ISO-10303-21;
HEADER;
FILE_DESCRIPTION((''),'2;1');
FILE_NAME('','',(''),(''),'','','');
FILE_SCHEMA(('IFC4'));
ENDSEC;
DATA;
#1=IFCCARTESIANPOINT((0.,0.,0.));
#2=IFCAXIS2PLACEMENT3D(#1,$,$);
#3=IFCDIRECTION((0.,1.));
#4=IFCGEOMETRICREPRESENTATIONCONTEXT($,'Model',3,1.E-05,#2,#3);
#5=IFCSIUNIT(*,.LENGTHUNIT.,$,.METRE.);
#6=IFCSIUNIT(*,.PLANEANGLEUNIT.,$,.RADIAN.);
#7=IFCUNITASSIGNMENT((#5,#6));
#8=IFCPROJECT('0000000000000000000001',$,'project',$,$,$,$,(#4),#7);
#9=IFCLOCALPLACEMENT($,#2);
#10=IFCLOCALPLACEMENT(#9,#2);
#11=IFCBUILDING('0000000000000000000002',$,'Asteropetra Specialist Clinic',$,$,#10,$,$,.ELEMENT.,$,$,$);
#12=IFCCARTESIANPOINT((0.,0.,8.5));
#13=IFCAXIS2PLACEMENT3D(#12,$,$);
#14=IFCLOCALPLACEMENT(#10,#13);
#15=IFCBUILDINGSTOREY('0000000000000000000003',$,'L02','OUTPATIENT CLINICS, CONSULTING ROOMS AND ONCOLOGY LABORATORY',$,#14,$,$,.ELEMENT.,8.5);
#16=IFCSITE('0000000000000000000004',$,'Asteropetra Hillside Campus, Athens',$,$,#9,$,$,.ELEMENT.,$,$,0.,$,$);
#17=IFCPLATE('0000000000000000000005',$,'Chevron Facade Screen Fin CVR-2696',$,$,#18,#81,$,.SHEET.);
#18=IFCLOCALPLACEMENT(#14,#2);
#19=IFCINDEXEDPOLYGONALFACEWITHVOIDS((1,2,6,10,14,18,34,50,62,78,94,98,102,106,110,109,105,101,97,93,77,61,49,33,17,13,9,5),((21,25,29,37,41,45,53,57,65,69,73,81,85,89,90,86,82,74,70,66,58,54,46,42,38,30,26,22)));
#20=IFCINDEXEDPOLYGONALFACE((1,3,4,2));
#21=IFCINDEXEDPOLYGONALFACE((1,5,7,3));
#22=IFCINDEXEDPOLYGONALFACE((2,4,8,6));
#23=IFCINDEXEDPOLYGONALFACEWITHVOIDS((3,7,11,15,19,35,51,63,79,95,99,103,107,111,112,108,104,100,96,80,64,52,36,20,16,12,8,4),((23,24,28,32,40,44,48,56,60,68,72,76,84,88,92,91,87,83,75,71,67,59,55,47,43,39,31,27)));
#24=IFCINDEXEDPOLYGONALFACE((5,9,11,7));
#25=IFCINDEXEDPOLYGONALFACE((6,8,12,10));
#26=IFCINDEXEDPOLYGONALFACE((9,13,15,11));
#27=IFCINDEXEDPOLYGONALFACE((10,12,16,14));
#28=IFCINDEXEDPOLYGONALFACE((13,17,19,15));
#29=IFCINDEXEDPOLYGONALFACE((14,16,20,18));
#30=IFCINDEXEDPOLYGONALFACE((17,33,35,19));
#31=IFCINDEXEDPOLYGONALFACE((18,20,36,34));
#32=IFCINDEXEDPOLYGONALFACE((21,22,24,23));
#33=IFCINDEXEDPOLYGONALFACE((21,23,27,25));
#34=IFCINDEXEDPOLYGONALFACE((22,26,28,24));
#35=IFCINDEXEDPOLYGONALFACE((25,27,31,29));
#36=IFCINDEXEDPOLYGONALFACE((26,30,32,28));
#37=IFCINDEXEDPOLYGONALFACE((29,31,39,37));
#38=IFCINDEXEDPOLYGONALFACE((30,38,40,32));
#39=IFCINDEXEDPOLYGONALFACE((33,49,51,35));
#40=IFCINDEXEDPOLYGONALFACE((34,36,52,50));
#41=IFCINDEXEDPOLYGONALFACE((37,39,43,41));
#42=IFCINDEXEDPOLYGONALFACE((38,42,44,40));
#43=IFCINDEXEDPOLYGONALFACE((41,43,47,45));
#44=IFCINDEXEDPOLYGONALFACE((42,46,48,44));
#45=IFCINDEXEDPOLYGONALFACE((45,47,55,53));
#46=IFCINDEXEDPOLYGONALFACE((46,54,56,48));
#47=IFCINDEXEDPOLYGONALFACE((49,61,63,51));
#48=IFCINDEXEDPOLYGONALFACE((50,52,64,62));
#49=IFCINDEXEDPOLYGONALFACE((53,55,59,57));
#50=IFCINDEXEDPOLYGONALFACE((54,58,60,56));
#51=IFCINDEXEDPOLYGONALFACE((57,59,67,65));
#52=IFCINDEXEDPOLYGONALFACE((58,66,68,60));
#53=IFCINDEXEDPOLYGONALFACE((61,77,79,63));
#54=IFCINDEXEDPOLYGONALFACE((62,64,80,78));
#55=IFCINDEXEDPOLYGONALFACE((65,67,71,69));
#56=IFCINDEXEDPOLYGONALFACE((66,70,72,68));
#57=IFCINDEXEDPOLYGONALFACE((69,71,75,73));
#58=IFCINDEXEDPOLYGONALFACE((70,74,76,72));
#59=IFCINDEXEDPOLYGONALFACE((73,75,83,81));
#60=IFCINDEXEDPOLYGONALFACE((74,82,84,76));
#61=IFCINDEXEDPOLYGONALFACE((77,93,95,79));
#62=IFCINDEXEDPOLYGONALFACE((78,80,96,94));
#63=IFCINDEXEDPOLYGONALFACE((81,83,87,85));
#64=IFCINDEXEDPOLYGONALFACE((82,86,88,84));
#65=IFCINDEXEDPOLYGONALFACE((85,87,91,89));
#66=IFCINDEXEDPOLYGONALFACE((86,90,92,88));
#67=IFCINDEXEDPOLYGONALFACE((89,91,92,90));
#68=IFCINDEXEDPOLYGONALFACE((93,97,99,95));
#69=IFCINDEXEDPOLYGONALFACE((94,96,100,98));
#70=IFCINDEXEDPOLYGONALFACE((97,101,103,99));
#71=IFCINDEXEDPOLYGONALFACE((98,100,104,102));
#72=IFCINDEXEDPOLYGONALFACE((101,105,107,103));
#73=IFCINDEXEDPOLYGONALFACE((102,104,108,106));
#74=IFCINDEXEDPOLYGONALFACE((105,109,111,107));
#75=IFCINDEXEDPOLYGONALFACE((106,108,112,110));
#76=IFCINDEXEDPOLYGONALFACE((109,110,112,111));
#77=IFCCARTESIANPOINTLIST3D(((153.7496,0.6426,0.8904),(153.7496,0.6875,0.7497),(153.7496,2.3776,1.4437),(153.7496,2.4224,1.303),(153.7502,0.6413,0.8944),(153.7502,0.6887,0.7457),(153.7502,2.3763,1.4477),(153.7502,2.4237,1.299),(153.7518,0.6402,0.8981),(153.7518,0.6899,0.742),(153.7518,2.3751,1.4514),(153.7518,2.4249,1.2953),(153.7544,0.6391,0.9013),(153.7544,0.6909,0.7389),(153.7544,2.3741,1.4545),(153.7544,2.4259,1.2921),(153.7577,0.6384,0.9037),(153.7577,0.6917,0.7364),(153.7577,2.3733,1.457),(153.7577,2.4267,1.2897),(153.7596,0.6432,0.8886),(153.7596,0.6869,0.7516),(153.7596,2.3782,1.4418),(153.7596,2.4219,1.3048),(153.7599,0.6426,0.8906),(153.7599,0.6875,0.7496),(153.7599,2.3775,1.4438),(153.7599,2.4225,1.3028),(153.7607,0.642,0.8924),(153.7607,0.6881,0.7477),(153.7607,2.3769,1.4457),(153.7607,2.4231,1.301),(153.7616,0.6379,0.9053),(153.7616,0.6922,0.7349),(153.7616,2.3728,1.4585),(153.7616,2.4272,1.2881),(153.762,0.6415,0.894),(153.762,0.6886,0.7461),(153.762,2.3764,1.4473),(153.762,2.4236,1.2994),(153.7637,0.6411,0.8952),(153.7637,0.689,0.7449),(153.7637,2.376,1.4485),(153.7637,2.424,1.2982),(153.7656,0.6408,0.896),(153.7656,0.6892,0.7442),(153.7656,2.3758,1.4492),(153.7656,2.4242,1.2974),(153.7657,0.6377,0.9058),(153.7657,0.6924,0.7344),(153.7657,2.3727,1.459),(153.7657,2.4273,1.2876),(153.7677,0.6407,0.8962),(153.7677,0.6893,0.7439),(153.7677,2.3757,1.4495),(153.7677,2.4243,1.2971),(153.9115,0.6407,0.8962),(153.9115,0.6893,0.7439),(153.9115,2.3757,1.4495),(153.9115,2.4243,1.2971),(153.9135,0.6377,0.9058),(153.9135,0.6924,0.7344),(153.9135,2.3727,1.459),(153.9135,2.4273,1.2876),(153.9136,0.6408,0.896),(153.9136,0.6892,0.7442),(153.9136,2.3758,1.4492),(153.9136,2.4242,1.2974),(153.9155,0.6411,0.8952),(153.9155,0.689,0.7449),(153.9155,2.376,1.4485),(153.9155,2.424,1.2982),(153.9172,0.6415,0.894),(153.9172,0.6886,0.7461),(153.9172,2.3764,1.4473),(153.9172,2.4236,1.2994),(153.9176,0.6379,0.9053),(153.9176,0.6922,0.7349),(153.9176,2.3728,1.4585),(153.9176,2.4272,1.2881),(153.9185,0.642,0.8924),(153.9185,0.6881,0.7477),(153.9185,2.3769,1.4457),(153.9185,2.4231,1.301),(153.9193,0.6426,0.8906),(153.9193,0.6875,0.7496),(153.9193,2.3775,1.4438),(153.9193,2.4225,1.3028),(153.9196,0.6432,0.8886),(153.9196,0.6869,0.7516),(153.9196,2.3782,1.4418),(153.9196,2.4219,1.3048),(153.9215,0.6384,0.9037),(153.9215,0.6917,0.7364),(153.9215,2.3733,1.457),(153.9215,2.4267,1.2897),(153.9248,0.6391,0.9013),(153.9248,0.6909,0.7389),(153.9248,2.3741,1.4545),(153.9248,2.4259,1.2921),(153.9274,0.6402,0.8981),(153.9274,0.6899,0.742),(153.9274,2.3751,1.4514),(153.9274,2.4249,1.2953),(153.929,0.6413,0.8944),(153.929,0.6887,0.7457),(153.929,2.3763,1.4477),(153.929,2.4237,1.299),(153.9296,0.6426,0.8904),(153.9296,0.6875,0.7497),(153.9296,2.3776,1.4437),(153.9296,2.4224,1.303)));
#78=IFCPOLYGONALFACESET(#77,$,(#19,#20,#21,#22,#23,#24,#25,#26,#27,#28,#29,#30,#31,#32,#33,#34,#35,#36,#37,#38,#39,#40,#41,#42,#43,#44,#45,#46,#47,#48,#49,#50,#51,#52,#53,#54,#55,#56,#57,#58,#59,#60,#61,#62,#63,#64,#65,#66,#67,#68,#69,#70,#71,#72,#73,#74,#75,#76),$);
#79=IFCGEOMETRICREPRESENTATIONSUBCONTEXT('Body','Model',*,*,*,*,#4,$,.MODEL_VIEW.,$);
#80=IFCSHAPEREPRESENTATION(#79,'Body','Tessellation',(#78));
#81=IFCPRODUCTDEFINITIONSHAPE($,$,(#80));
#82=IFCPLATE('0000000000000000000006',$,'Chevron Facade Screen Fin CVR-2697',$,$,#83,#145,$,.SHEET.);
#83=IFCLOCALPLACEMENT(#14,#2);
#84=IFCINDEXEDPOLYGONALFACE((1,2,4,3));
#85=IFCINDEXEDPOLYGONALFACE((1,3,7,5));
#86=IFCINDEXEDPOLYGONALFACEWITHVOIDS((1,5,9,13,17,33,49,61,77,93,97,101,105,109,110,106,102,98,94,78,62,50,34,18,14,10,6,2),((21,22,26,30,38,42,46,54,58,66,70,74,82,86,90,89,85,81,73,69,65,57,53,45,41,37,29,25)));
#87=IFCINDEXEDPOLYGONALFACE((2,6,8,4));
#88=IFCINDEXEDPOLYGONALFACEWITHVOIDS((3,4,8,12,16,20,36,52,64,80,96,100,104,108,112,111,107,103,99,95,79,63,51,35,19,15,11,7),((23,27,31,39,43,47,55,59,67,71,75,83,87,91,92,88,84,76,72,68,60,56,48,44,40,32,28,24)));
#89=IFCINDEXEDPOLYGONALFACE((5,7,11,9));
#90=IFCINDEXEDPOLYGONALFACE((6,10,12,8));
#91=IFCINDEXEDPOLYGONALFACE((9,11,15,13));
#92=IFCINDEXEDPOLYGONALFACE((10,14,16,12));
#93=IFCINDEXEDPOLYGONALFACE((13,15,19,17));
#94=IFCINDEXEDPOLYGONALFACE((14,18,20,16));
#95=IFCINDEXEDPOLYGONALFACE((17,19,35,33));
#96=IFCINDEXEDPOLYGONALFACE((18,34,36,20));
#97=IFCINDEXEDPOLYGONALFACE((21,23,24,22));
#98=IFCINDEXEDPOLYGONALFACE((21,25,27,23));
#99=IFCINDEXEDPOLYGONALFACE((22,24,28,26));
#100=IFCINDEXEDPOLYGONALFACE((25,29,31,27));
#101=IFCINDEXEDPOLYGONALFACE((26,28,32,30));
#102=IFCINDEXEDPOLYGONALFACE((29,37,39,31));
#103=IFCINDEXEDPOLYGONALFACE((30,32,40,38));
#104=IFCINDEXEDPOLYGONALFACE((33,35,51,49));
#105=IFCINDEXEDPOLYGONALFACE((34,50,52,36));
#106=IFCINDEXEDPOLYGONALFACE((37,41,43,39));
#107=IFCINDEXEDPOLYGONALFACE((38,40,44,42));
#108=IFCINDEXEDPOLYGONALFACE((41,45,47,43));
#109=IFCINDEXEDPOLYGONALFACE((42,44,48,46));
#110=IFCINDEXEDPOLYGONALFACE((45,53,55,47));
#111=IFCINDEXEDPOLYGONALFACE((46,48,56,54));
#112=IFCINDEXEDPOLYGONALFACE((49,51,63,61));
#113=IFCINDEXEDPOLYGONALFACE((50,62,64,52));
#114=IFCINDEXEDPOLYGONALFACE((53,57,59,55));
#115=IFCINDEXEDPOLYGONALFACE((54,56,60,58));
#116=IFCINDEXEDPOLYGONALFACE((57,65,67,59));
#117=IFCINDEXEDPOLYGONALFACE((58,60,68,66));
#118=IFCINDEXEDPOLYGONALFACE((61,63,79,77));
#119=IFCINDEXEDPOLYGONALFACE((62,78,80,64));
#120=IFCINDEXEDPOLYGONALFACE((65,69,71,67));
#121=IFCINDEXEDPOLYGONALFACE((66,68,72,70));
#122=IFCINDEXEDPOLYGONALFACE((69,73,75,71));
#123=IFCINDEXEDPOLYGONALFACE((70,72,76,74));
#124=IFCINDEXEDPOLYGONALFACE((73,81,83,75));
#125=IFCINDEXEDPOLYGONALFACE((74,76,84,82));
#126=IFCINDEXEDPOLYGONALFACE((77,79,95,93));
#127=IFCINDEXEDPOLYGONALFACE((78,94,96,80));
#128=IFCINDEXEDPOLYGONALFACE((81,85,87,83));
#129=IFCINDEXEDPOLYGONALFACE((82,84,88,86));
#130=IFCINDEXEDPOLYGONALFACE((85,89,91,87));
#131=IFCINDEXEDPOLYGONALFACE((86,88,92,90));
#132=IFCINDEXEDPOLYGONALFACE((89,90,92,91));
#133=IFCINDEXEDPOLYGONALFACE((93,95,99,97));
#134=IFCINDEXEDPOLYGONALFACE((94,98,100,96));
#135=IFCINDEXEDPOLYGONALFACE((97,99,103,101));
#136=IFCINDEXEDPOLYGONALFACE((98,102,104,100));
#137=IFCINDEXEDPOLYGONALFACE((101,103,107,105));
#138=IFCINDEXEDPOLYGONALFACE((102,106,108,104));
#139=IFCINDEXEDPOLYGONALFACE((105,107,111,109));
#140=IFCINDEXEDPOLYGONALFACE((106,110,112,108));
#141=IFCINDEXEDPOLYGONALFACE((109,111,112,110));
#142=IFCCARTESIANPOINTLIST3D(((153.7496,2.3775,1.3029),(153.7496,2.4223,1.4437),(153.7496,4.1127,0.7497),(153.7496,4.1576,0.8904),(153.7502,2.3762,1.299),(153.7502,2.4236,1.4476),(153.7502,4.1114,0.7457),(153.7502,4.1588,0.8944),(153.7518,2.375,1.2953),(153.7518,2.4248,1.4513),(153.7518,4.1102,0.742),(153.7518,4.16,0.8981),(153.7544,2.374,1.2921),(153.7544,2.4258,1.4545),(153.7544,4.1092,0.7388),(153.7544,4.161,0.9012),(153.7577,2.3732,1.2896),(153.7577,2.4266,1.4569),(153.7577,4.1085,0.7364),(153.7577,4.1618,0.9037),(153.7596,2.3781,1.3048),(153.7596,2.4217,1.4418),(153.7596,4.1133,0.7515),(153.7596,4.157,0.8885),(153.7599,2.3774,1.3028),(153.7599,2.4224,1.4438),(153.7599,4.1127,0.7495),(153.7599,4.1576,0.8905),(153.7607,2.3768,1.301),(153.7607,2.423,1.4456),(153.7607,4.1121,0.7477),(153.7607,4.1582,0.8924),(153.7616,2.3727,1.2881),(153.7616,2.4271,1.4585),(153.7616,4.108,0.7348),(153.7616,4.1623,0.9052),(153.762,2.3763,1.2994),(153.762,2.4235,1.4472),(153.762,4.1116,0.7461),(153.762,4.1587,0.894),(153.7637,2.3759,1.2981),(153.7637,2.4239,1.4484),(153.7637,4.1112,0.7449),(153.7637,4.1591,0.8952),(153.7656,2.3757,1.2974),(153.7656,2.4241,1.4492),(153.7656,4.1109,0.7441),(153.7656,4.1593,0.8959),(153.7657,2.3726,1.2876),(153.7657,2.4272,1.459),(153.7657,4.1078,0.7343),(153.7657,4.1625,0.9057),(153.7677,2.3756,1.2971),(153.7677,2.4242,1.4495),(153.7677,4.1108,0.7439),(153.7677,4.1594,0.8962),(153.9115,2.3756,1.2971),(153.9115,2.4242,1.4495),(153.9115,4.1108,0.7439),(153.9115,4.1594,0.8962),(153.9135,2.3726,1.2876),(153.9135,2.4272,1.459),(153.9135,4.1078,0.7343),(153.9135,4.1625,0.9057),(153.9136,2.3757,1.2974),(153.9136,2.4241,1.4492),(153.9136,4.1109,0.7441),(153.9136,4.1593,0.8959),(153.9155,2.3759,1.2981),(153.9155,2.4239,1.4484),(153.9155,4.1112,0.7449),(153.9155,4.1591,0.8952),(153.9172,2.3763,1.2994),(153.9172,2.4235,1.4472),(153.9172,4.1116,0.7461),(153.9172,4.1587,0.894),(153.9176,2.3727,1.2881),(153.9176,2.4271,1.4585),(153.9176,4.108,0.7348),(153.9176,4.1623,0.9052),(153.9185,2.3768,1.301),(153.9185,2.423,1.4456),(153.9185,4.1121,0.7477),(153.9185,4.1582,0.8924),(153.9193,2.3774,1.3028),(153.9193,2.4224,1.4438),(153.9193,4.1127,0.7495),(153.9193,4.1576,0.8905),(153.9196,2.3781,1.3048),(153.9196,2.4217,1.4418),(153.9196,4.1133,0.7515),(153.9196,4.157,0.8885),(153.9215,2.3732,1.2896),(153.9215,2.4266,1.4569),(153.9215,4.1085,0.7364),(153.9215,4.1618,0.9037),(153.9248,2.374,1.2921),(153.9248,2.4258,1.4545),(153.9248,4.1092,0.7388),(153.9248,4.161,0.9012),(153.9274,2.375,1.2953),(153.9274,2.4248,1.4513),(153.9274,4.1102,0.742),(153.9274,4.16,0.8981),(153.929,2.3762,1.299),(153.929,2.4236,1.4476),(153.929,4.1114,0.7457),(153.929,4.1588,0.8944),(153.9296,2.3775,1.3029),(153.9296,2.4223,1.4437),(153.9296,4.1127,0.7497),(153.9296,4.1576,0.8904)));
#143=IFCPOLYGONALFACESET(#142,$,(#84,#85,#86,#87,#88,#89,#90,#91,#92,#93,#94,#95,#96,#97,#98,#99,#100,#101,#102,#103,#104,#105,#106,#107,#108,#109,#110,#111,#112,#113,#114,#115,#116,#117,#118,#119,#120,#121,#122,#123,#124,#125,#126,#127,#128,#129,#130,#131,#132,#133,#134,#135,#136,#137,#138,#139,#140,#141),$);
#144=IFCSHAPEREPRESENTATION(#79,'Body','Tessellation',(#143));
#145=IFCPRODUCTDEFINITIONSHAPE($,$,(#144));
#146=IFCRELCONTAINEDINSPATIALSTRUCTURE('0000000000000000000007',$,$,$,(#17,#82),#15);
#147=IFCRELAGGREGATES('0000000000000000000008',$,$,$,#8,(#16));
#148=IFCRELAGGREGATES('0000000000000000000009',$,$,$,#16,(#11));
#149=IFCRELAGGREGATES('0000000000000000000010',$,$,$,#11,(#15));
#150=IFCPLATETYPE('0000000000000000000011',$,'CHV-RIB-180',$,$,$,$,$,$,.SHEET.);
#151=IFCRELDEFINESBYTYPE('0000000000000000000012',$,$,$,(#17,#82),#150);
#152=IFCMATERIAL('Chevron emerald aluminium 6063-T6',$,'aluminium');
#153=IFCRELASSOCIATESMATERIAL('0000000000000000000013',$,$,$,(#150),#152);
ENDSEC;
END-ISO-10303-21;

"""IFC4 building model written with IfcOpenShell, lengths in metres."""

from ifc_helpers import new_model, si_unit, direction, frame, origin, origin_2d, place, context, subcontext, project, spatial, hollow_rectangle, extrude, material, material_profile, profile_set, type_object, element, save


model = new_model("IFC4")

# Units and contexts
model_context = context("Model", 3, precision=1e-05, world=origin(), true_north=direction((0.0, 1.0)))
body_context = subcontext(model_context, "Body", "Model", "MODEL_VIEW")
ifc_project = project(units=[si_unit("LENGTHUNIT", "METRE"), si_unit("PLANEANGLEUNIT", "RADIAN")], contexts=[model_context])

# Site, building, storey
site_placement = place(None, origin())
site = spatial("IfcSite", under=ifc_project, at=site_placement, Name="Asteropetra Hillside Campus, Athens", CompositionType="ELEMENT", RefElevation=0.0)
building_placement = place(site_placement, origin())
building = spatial("IfcBuilding", under=site, at=building_placement, Name="Asteropetra Specialist Clinic", CompositionType="ELEMENT")
storey_placement = place(building_placement, frame((0.0, 0.0, 8.5)))
storey = spatial("IfcBuildingStorey", under=building, at=storey_placement, Name="L02", Description="OUTPATIENT CLINICS, CONSULTING ROOMS AND ONCOLOGY LABORATORY", CompositionType="ELEMENT", Elevation=8.5)

# Plates
ifc_material_1 = material(Name="Chevron emerald aluminium 6063-T6", Category="aluminium")
ifc_material_profile_1 = material_profile(ifc_material_1, hollow_rectangle(XDim=0.1799, YDim=0.1799, WallThickness=0.01, InnerFilletRadius=0.0081, OuterFilletRadius=0.0161, at=origin_2d()), Name="SHS 180x180x10.0")
ifc_profile_set_1 = profile_set([ifc_material_profile_1], Name="Chevron emerald aluminium 6063-T6")
plate_type = type_object("IfcPlateType", Name="CHV-RIB-180", PredefinedType="SHEET", material=ifc_profile_set_1)
plate_1_placement = place(storey_placement, frame((153.8396, 0.665, 0.8201), z_axis=(0.0, 0.952732, 0.303812), x_axis=(-1.0, 0.0, 0.0)))
element("IfcPlate", 1, at=plate_1_placement, inside=storey, type_object=plate_type, Name="Chevron Facade Screen Fin CVR-2696", PredefinedType="SHEET", context=body_context, shape_type="SweptSolid", body=[
    extrude(hollow_rectangle(XDim=0.1799, YDim=0.1799, WallThickness=0.01, InnerFilletRadius=0.0081, OuterFilletRadius=0.0161, at=origin_2d()), origin(), (0.0, 0.0, 1.0), 1.821),
])
plate_2_placement = place(storey_placement, frame((153.8396, 2.3999, 1.3733), z_axis=(0.0, 0.952744, -0.303774), x_axis=(-1.0, 0.0, 0.0)))
element("IfcPlate", 2, at=plate_2_placement, inside=storey, type_object=plate_type, Name="Chevron Facade Screen Fin CVR-2697", PredefinedType="SHEET", context=body_context, shape_type="SweptSolid", body=[
    extrude(hollow_rectangle(XDim=0.1799, YDim=0.1799, WallThickness=0.01, InnerFilletRadius=0.0081, OuterFilletRadius=0.0161, at=origin_2d()), origin(), (0.0, 0.0, 1.0), 1.8213),
])

save(model, "model.ifc")
